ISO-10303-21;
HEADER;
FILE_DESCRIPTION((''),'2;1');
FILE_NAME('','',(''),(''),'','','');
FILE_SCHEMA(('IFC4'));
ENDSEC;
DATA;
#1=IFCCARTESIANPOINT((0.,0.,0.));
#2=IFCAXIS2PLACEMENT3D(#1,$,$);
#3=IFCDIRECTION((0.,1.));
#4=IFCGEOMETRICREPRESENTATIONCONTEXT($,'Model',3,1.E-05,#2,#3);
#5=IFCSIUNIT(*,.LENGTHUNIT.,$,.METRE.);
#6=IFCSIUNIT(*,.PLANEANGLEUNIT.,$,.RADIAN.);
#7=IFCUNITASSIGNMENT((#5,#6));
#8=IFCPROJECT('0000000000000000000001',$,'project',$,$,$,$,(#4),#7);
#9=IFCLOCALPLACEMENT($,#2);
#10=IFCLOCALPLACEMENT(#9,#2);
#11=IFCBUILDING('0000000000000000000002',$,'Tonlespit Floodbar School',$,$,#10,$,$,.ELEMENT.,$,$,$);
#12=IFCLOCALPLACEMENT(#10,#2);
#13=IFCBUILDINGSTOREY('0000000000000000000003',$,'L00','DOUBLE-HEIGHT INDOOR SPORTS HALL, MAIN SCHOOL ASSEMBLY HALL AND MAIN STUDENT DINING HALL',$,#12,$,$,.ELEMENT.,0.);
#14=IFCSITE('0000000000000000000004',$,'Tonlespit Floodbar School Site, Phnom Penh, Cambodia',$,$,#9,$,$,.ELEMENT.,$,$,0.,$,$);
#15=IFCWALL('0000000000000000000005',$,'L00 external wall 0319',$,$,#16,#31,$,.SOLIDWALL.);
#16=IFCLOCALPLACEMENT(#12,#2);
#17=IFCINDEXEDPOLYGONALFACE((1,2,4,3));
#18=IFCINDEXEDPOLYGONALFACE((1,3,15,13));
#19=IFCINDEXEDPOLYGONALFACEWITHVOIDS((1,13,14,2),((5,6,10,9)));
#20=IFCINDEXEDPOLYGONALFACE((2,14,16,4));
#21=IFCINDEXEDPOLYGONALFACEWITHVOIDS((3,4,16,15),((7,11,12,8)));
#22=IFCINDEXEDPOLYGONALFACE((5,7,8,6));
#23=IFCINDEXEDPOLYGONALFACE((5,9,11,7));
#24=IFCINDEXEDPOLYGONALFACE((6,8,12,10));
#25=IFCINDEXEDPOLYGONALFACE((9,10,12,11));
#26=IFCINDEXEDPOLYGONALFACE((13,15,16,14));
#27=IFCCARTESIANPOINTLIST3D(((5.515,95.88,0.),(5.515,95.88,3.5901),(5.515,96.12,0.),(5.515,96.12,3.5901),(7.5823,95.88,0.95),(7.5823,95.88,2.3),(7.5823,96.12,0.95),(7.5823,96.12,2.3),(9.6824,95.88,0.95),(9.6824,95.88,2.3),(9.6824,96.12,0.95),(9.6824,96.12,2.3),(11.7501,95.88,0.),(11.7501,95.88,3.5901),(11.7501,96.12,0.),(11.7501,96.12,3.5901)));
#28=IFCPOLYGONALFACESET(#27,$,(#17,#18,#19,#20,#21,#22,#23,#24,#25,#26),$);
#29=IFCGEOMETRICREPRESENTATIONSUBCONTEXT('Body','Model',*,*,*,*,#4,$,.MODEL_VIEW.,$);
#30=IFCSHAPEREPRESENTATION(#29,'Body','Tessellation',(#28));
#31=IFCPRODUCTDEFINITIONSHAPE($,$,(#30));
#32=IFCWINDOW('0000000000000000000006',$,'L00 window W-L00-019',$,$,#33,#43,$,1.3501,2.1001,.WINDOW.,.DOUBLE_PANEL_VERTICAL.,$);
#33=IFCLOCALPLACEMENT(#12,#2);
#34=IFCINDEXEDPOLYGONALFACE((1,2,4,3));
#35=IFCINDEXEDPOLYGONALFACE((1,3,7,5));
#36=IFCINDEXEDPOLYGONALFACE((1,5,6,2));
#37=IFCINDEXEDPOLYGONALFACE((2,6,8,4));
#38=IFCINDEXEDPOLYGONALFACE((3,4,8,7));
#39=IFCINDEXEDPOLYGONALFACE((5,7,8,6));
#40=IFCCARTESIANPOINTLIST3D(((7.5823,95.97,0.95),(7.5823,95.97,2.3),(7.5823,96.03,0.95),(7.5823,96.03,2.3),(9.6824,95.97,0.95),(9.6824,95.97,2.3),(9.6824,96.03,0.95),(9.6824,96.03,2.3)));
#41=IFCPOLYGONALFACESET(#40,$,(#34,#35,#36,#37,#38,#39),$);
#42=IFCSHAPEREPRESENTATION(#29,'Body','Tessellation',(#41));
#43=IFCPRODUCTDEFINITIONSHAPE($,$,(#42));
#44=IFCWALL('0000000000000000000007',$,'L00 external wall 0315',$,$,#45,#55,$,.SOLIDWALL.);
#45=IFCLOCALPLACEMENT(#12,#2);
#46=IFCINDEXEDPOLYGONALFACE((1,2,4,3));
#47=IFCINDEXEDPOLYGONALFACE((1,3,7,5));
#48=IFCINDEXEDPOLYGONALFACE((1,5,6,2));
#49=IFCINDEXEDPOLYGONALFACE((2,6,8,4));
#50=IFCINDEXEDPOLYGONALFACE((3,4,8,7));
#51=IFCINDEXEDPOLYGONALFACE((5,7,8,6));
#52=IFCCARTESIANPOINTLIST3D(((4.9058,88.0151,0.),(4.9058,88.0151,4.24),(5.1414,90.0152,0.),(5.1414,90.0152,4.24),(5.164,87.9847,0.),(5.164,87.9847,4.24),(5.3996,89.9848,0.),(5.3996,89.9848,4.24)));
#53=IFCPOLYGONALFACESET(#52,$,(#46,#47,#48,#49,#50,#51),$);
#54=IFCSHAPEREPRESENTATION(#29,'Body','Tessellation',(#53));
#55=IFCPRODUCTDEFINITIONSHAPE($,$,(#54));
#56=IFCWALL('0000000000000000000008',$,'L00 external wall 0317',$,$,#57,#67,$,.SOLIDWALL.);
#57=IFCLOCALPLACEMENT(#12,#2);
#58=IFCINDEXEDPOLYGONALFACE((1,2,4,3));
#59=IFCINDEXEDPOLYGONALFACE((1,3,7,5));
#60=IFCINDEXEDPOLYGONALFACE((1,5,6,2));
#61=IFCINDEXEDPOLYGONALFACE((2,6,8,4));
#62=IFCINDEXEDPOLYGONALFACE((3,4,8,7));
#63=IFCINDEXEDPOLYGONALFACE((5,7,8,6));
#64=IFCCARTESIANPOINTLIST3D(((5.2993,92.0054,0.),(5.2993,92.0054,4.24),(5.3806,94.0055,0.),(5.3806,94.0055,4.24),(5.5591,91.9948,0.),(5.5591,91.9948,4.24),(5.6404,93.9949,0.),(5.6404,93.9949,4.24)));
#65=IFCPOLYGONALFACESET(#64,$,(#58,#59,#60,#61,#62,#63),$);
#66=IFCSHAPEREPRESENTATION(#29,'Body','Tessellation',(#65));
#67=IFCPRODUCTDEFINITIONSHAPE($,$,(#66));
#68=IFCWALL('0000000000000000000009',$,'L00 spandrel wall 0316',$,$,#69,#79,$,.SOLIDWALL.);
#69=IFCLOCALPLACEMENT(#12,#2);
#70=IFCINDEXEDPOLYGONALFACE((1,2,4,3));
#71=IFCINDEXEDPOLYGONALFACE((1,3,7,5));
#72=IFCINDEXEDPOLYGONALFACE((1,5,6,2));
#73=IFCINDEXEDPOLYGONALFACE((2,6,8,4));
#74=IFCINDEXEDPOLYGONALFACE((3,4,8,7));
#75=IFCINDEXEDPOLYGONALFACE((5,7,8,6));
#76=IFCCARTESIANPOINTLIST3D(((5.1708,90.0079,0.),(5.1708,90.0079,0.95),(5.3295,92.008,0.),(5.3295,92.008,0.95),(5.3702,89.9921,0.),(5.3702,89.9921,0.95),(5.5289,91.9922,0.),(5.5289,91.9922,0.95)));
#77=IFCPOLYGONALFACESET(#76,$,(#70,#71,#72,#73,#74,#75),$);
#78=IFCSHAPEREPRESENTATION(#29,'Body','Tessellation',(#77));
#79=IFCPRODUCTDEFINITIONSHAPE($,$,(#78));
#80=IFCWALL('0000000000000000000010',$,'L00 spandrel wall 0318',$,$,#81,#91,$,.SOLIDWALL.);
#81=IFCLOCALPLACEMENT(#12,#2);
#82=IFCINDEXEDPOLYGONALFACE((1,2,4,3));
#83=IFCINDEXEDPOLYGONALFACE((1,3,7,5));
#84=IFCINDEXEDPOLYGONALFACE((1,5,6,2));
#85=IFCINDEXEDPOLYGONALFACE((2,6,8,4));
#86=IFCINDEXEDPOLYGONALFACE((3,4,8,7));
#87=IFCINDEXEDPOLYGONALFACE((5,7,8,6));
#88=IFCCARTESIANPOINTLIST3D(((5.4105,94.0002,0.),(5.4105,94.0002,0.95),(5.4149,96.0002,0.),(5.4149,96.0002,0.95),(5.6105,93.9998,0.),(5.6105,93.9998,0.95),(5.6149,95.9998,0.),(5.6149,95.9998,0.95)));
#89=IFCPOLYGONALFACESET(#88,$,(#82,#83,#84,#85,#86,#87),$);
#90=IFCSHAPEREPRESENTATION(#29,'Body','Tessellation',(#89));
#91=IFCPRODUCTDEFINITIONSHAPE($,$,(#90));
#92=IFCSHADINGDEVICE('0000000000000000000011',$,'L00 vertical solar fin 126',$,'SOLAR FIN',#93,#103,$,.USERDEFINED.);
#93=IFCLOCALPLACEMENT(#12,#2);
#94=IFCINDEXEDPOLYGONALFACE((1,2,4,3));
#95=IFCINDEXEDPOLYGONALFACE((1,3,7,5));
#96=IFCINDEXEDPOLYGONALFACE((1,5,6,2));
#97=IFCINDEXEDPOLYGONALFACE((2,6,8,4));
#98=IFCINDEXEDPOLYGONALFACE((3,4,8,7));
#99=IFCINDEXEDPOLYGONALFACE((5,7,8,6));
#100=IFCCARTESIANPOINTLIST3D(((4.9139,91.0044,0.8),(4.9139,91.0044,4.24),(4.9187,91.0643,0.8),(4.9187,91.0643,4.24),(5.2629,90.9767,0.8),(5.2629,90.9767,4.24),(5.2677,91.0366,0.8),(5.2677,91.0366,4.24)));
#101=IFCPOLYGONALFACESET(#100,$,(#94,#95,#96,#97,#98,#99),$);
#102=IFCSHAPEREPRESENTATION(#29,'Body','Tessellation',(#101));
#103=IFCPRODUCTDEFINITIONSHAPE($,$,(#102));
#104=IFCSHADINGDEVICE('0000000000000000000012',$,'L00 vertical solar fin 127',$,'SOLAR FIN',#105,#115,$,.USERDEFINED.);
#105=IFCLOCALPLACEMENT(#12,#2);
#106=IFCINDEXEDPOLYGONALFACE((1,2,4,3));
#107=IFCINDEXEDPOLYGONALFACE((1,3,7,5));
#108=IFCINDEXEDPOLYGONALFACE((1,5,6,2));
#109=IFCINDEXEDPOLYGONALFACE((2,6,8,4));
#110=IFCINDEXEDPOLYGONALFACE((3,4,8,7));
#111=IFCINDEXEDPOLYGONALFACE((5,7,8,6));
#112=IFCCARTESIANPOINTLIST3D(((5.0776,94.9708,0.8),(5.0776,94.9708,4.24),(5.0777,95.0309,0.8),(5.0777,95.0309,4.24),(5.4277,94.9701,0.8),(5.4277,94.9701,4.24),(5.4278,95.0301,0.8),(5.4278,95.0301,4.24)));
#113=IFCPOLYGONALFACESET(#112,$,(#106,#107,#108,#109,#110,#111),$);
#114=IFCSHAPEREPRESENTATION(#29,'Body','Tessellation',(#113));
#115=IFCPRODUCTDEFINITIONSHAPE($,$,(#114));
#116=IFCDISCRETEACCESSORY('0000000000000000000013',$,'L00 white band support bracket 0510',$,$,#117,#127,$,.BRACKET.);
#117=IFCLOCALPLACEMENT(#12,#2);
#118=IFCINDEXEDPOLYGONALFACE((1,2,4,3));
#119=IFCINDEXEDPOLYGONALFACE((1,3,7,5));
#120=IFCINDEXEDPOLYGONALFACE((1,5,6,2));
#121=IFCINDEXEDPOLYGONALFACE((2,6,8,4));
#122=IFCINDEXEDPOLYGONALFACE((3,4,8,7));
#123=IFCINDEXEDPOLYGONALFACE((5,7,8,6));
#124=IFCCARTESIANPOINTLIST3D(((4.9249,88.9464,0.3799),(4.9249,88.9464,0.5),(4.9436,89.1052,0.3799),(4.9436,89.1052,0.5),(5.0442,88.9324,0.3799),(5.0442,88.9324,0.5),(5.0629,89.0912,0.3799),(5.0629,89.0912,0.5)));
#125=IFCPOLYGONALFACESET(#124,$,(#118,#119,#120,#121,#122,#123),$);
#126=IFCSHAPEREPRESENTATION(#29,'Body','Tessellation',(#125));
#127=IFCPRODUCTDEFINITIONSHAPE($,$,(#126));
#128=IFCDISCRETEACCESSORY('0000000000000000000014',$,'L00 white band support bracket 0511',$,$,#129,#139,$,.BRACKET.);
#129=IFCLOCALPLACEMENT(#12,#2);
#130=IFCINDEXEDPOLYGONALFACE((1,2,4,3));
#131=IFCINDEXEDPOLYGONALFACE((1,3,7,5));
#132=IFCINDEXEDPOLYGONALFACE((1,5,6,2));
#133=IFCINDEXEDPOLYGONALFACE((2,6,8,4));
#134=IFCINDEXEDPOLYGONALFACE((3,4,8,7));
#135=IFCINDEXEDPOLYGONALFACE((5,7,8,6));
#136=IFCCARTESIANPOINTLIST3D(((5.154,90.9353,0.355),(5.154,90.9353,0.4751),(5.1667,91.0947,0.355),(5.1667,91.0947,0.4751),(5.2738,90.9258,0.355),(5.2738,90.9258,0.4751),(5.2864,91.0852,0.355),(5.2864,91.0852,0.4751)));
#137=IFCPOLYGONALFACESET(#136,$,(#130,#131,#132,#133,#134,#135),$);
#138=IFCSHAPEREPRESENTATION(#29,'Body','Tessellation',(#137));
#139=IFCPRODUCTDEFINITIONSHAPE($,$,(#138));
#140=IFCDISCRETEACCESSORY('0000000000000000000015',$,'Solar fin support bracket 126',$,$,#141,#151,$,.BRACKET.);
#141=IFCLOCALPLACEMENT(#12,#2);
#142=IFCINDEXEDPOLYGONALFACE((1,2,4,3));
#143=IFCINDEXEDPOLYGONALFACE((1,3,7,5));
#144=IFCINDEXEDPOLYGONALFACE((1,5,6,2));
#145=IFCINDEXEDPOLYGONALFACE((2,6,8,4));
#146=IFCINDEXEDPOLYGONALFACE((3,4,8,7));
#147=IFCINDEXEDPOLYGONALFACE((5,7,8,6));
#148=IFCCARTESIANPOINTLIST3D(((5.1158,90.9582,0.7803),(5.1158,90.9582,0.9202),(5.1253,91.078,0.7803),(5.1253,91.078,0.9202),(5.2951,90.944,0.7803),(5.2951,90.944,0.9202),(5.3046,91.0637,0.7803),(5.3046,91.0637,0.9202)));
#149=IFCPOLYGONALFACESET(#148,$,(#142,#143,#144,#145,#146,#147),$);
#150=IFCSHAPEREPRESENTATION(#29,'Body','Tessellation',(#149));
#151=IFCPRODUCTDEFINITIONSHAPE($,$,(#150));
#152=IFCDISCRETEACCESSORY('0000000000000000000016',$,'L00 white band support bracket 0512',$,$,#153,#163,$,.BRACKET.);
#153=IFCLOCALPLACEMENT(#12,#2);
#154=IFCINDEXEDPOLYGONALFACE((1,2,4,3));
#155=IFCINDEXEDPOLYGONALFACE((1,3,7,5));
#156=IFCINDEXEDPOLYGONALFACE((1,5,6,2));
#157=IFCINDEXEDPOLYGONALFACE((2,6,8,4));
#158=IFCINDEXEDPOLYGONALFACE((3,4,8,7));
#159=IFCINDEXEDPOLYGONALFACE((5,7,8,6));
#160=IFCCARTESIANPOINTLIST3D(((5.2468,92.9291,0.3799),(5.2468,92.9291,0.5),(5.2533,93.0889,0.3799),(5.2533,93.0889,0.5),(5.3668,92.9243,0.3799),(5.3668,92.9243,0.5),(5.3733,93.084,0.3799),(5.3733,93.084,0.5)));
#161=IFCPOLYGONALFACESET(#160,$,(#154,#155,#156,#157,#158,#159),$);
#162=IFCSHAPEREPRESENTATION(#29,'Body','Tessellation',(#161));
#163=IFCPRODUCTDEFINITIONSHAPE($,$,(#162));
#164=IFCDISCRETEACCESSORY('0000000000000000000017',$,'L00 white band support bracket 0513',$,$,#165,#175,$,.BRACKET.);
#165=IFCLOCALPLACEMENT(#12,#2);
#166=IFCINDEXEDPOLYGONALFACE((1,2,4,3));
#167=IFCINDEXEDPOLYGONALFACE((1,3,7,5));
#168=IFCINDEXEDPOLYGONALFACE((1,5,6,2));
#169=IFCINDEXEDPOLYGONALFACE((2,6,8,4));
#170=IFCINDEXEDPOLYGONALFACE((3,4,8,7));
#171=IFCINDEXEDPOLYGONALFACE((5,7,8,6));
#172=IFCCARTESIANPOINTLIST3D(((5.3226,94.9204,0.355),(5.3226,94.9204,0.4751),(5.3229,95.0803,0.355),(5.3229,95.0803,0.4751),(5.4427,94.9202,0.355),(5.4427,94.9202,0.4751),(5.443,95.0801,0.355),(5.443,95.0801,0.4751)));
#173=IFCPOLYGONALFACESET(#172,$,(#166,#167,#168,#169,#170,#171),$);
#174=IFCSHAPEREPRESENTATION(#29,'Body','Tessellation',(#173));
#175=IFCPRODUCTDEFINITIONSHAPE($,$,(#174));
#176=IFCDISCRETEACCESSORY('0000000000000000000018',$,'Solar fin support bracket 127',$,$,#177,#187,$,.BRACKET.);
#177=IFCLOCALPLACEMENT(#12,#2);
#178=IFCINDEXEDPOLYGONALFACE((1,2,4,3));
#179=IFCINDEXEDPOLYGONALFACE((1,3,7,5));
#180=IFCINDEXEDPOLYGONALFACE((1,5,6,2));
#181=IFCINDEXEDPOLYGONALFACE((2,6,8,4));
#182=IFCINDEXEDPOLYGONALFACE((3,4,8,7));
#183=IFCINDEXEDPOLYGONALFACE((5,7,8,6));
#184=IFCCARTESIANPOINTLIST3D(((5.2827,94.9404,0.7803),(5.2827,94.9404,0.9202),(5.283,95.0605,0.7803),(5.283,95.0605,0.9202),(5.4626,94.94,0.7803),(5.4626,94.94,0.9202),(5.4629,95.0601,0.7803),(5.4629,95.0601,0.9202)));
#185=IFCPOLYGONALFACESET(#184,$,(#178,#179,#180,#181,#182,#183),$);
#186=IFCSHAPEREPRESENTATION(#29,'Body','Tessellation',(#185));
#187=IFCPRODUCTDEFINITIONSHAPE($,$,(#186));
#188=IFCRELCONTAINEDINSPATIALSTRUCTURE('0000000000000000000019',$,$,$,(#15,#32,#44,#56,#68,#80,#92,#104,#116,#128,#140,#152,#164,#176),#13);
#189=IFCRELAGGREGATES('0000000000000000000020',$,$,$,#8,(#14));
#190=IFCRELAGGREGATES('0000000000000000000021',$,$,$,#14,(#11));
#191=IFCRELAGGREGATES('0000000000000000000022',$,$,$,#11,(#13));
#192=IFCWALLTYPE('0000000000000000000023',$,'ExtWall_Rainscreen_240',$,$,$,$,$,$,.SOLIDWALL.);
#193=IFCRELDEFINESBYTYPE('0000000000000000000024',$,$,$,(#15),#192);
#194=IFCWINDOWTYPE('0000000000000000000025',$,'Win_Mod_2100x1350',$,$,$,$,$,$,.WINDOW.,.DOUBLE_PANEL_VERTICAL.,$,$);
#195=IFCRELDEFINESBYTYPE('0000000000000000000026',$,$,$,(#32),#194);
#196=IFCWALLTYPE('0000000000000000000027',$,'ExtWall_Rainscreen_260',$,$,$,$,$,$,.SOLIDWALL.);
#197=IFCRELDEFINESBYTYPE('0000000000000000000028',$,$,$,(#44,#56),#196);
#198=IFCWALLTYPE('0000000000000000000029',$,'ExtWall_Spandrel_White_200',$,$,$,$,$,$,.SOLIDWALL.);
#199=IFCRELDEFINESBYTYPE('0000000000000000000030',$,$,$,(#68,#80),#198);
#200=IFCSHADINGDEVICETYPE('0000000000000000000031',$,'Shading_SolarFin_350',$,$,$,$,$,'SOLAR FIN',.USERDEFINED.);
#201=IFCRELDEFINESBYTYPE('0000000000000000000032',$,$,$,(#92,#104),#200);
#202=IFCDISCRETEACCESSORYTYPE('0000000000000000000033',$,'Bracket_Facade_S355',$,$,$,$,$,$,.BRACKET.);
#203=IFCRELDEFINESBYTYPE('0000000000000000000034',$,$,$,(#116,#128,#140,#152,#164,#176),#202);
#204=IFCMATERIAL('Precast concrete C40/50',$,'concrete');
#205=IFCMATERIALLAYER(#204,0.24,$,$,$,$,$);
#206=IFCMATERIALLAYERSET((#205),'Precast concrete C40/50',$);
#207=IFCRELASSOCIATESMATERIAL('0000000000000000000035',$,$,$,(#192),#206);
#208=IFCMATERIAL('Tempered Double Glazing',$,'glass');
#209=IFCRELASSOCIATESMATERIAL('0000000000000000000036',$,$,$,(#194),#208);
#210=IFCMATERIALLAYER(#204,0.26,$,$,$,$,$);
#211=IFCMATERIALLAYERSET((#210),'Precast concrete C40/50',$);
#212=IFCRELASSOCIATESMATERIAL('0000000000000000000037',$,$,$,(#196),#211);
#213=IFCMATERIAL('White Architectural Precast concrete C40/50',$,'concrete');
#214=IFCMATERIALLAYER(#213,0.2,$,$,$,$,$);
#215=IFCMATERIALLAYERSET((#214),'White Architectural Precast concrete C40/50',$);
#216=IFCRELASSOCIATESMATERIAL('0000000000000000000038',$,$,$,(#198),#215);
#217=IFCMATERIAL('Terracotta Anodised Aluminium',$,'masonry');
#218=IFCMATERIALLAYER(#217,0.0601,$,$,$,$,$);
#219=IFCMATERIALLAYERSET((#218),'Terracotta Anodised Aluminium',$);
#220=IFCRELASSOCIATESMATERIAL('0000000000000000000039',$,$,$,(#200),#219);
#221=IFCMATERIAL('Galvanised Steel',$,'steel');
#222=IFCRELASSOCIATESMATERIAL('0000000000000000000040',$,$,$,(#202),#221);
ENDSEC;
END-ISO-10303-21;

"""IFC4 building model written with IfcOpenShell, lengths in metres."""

from ifc_helpers import new_model, si_unit, direction, frame, frame_2d, origin, origin_2d, place, context, subcontext, project, spatial, rectangle, extrude, material, layer, layer_set, type_object, element, fill, save


model = new_model("IFC4")

# Units and contexts
model_context = context("Model", 3, precision=1e-05, world=origin(), true_north=direction((0.0, 1.0)))
body_context = subcontext(model_context, "Body", "Model", "MODEL_VIEW")
ifc_project = project(units=[si_unit("LENGTHUNIT", "METRE"), si_unit("PLANEANGLEUNIT", "RADIAN")], contexts=[model_context])

# Site, building, storey
site_placement = place(None, origin())
site = spatial("IfcSite", under=ifc_project, at=site_placement, Name="Tonlespit Floodbar School Site, Phnom Penh, Cambodia", CompositionType="ELEMENT", RefElevation=0.0)
building_placement = place(site_placement, origin())
building = spatial("IfcBuilding", under=site, at=building_placement, Name="Tonlespit Floodbar School", CompositionType="ELEMENT")
storey_placement = place(building_placement, origin())
storey = spatial("IfcBuildingStorey", under=building, at=storey_placement, Name="L00", Description="DOUBLE-HEIGHT INDOOR SPORTS HALL, MAIN SCHOOL ASSEMBLY HALL AND MAIN STUDENT DINING HALL", CompositionType="ELEMENT", Elevation=0.0)

# Wall, opening, window
ifc_material_1 = material(Name="Precast concrete C40/50", Category="concrete")
ifc_layer_1 = layer(ifc_material_1, 0.24)
ifc_layer_set_1 = layer_set([ifc_layer_1], Name="Precast concrete C40/50")
wall_type_1 = type_object("IfcWallType", Name="ExtWall_Rainscreen_240", PredefinedType="SOLIDWALL", material=ifc_layer_set_1)
wall_1_placement = place(storey_placement, frame((5.5149, 96.0, 0.0), z_axis=(0.0, 0.0, 1.0), x_axis=(1.0, 0.0, 0.0)))
wall_1 = element("IfcWall", 1, at=wall_1_placement, inside=storey, type_object=wall_type_1, Name="L00 external wall 0319", PredefinedType="SOLIDWALL", context=body_context, shape_type="SweptSolid", body=[
    extrude(rectangle(XDim=6.2351, YDim=0.24, at=frame_2d((3.1177, 0.0))), origin(), (0.0, 0.0, 1.0), 3.5901),
])
opening_placement = place(wall_1_placement, frame((2.0674, 0.0, 0.95)))
opening = element("IfcOpeningElement", 2, at=opening_placement, cuts=wall_1, PredefinedType="OPENING", context=body_context, shape_type="SweptSolid", body=[
    extrude(rectangle(XDim=2.1001, YDim=1.3501, at=frame_2d((1.05, 0.675))), frame((0.0, 0.1299, 0.0), z_axis=(0.0, -1.0, 0.0), x_axis=(1.0, 0.0, 0.0)), (0.0, 0.0, 1.0), 0.26),
])
ifc_material_2 = material(Name="Tempered Double Glazing", Category="glass")
window_type = type_object("IfcWindowType", Name="Win_Mod_2100x1350", PartitioningType="DOUBLE_PANEL_VERTICAL", PredefinedType="WINDOW", material=ifc_material_2)
window_placement = place(opening_placement, origin())
window = element("IfcWindow", 3, at=window_placement, inside=storey, type_object=window_type, Name="L00 window W-L00-019", OverallHeight=1.3501, OverallWidth=2.1001, PartitioningType="DOUBLE_PANEL_VERTICAL", PredefinedType="WINDOW", context=body_context, shape_type="SweptSolid", body=[
    extrude(rectangle(XDim=2.1001, YDim=1.3501, at=frame_2d((1.05, 0.675))), frame((0.0, 0.03, 0.0), z_axis=(0.0, -1.0, 0.0), x_axis=(1.0, 0.0, 0.0)), (0.0, 0.0, 1.0), 0.0601),
])
fill(opening, window)

# Walls
ifc_layer_2 = layer(ifc_material_1, 0.26)
ifc_layer_set_2 = layer_set([ifc_layer_2], Name="Precast concrete C40/50")
wall_type_2 = type_object("IfcWallType", Name="ExtWall_Rainscreen_260", PredefinedType="SOLIDWALL", material=ifc_layer_set_2)
wall_2_placement = place(storey_placement, frame((5.0349, 88.0, 0.0), z_axis=(0.0, 0.0, 1.0), x_axis=(0.116989, 0.993133, 0.0)))
element("IfcWall", 4, at=wall_2_placement, inside=storey, type_object=wall_type_2, Name="L00 external wall 0315", PredefinedType="SOLIDWALL", context=body_context, shape_type="SweptSolid", body=[
    extrude(rectangle(XDim=2.0139, YDim=0.26, at=frame_2d((1.0068, 0.0))), origin(), (0.0, 0.0, 1.0), 4.24),
])
wall_3_placement = place(storey_placement, frame((5.4292, 92.0, 0.0), z_axis=(0.0, 0.0, 1.0), x_axis=(0.040616, 0.999175, 0.0)))
element("IfcWall", 5, at=wall_3_placement, inside=storey, type_object=wall_type_2, Name="L00 external wall 0317", PredefinedType="SOLIDWALL", context=body_context, shape_type="SweptSolid", body=[
    extrude(rectangle(XDim=2.0017, YDim=0.26, at=frame_2d((1.001, 0.0))), origin(), (0.0, 0.0, 1.0), 4.24),
])
ifc_material_3 = material(Name="White Architectural Precast concrete C40/50", Category="concrete")
ifc_layer_3 = layer(ifc_material_3, 0.2)
ifc_layer_set_3 = layer_set([ifc_layer_3], Name="White Architectural Precast concrete C40/50")
wall_type_3 = type_object("IfcWallType", Name="ExtWall_Spandrel_White_200", PredefinedType="SOLIDWALL", material=ifc_layer_set_3)
wall_4_placement = place(storey_placement, frame((5.2705, 90.0, 0.0), z_axis=(0.0, 0.0, 1.0), x_axis=(0.079097, 0.996867, 0.0)))
element("IfcWall", 6, at=wall_4_placement, inside=storey, type_object=wall_type_3, Name="L00 spandrel wall 0316", PredefinedType="SOLIDWALL", context=body_context, shape_type="SweptSolid", body=[
    extrude(rectangle(XDim=2.0063, YDim=0.2, at=frame_2d((1.0032, 0.0))), origin(), (0.0, 0.0, 1.0), 0.95),
])
wall_5_placement = place(storey_placement, frame((5.5105, 94.0, 0.0), z_axis=(0.0, 0.0, 1.0), x_axis=(0.002197, 0.999998, 0.0)))
element("IfcWall", 7, at=wall_5_placement, inside=storey, type_object=wall_type_3, Name="L00 spandrel wall 0318", PredefinedType="SOLIDWALL", context=body_context, shape_type="SweptSolid", body=[
    extrude(rectangle(XDim=2.0, YDim=0.2, at=frame_2d((1.0, 0.0))), origin(), (0.0, 0.0, 1.0), 0.95),
])

# Shading devices
ifc_material_4 = material(Name="Terracotta Anodised Aluminium", Category="masonry")
ifc_layer_4 = layer(ifc_material_4, 0.0601)
ifc_layer_set_4 = layer_set([ifc_layer_4], Name="Terracotta Anodised Aluminium")
shading_device_type = type_object("IfcShadingDeviceType", Name="Shading_SolarFin_350", ElementType="SOLAR FIN", PredefinedType="USERDEFINED", material=ifc_layer_set_4)
for number, where, z_axis, x_axis, name in (
    (8, (5.0908, 91.0205, 0.8), (0.0, 0.0, 1.0), (0.079002, 0.996874, 0.0), "L00 vertical solar fin 126"),
    (9, (5.2527, 95.0005, 0.8), (0.0, 0.0, 1.0), (0.002201, 0.999998, 0.0), "L00 vertical solar fin 127"),
):
    element("IfcShadingDevice", number, at=place(storey_placement, frame(where, z_axis=z_axis, x_axis=x_axis)), inside=storey, type_object=shading_device_type, Name=name, ObjectType="SOLAR FIN", PredefinedType="USERDEFINED", context=body_context, shape_type="SweptSolid", body=[
        extrude(rectangle(XDim=0.0601, YDim=0.3501, at=origin_2d()), origin(), (0.0, 0.0, 1.0), 3.4399),
    ])

# Discrete accessories
ifc_material_5 = material(Name="Galvanised Steel", Category="steel")
discrete_accessory_type = type_object("IfcDiscreteAccessoryType", Name="Bracket_Facade_S355", PredefinedType="BRACKET", material=ifc_material_5)
for number, where, z_axis, x_axis, name in (
    (10, (4.9939, 89.0188, 0.3799), (0.0, 0.0, 1.0), (0.116991, 0.993133, 0.0), "L00 white band support bracket 0510"),
    (11, (5.2202, 91.0103, 0.355), (0.0, 0.0, 1.0), (0.079002, 0.996874, 0.0), "L00 white band support bracket 0511"),
):
    element("IfcDiscreteAccessory", number, at=place(storey_placement, frame(where, z_axis=z_axis, x_axis=x_axis)), inside=storey, type_object=discrete_accessory_type, Name=name, PredefinedType="BRACKET", context=body_context, shape_type="SweptSolid", body=[
        extrude(rectangle(XDim=0.1599, YDim=0.1201, at=origin_2d()), origin(), (0.0, 0.0, 1.0), 0.1201),
    ])
discrete_accessory_1_placement = place(storey_placement, frame((5.2102, 91.011, 0.7803), z_axis=(0.0, 0.0, 1.0), x_axis=(0.079002, 0.996874, 0.0)))
element("IfcDiscreteAccessory", 12, at=discrete_accessory_1_placement, inside=storey, type_object=discrete_accessory_type, Name="Solar fin support bracket 126", PredefinedType="BRACKET", context=body_context, shape_type="SweptSolid", body=[
    extrude(rectangle(XDim=0.1201, YDim=0.1799, at=origin_2d()), origin(), (0.0, 0.0, 1.0), 0.1399),
])
for number, where, z_axis, x_axis, name in (
    (13, (5.3101, 93.0066, 0.3799), (0.0, 0.0, 1.0), (0.040716, 0.999171, 0.0), "L00 white band support bracket 0512"),
    (14, (5.3828, 95.0002, 0.355), (0.0, 0.0, 1.0), (0.002201, 0.999998, 0.0), "L00 white band support bracket 0513"),
):
    element("IfcDiscreteAccessory", number, at=place(storey_placement, frame(where, z_axis=z_axis, x_axis=x_axis)), inside=storey, type_object=discrete_accessory_type, Name=name, PredefinedType="BRACKET", context=body_context, shape_type="SweptSolid", body=[
        extrude(rectangle(XDim=0.1599, YDim=0.1201, at=origin_2d()), origin(), (0.0, 0.0, 1.0), 0.1201),
    ])
discrete_accessory_2_placement = place(storey_placement, frame((5.3728, 95.0002, 0.7803), z_axis=(0.0, 0.0, 1.0), x_axis=(0.002201, 0.999998, 0.0)))
element("IfcDiscreteAccessory", 15, at=discrete_accessory_2_placement, inside=storey, type_object=discrete_accessory_type, Name="Solar fin support bracket 127", PredefinedType="BRACKET", context=body_context, shape_type="SweptSolid", body=[
    extrude(rectangle(XDim=0.1201, YDim=0.1799, at=origin_2d()), origin(), (0.0, 0.0, 1.0), 0.1399),
])

save(model, "model.ifc")
